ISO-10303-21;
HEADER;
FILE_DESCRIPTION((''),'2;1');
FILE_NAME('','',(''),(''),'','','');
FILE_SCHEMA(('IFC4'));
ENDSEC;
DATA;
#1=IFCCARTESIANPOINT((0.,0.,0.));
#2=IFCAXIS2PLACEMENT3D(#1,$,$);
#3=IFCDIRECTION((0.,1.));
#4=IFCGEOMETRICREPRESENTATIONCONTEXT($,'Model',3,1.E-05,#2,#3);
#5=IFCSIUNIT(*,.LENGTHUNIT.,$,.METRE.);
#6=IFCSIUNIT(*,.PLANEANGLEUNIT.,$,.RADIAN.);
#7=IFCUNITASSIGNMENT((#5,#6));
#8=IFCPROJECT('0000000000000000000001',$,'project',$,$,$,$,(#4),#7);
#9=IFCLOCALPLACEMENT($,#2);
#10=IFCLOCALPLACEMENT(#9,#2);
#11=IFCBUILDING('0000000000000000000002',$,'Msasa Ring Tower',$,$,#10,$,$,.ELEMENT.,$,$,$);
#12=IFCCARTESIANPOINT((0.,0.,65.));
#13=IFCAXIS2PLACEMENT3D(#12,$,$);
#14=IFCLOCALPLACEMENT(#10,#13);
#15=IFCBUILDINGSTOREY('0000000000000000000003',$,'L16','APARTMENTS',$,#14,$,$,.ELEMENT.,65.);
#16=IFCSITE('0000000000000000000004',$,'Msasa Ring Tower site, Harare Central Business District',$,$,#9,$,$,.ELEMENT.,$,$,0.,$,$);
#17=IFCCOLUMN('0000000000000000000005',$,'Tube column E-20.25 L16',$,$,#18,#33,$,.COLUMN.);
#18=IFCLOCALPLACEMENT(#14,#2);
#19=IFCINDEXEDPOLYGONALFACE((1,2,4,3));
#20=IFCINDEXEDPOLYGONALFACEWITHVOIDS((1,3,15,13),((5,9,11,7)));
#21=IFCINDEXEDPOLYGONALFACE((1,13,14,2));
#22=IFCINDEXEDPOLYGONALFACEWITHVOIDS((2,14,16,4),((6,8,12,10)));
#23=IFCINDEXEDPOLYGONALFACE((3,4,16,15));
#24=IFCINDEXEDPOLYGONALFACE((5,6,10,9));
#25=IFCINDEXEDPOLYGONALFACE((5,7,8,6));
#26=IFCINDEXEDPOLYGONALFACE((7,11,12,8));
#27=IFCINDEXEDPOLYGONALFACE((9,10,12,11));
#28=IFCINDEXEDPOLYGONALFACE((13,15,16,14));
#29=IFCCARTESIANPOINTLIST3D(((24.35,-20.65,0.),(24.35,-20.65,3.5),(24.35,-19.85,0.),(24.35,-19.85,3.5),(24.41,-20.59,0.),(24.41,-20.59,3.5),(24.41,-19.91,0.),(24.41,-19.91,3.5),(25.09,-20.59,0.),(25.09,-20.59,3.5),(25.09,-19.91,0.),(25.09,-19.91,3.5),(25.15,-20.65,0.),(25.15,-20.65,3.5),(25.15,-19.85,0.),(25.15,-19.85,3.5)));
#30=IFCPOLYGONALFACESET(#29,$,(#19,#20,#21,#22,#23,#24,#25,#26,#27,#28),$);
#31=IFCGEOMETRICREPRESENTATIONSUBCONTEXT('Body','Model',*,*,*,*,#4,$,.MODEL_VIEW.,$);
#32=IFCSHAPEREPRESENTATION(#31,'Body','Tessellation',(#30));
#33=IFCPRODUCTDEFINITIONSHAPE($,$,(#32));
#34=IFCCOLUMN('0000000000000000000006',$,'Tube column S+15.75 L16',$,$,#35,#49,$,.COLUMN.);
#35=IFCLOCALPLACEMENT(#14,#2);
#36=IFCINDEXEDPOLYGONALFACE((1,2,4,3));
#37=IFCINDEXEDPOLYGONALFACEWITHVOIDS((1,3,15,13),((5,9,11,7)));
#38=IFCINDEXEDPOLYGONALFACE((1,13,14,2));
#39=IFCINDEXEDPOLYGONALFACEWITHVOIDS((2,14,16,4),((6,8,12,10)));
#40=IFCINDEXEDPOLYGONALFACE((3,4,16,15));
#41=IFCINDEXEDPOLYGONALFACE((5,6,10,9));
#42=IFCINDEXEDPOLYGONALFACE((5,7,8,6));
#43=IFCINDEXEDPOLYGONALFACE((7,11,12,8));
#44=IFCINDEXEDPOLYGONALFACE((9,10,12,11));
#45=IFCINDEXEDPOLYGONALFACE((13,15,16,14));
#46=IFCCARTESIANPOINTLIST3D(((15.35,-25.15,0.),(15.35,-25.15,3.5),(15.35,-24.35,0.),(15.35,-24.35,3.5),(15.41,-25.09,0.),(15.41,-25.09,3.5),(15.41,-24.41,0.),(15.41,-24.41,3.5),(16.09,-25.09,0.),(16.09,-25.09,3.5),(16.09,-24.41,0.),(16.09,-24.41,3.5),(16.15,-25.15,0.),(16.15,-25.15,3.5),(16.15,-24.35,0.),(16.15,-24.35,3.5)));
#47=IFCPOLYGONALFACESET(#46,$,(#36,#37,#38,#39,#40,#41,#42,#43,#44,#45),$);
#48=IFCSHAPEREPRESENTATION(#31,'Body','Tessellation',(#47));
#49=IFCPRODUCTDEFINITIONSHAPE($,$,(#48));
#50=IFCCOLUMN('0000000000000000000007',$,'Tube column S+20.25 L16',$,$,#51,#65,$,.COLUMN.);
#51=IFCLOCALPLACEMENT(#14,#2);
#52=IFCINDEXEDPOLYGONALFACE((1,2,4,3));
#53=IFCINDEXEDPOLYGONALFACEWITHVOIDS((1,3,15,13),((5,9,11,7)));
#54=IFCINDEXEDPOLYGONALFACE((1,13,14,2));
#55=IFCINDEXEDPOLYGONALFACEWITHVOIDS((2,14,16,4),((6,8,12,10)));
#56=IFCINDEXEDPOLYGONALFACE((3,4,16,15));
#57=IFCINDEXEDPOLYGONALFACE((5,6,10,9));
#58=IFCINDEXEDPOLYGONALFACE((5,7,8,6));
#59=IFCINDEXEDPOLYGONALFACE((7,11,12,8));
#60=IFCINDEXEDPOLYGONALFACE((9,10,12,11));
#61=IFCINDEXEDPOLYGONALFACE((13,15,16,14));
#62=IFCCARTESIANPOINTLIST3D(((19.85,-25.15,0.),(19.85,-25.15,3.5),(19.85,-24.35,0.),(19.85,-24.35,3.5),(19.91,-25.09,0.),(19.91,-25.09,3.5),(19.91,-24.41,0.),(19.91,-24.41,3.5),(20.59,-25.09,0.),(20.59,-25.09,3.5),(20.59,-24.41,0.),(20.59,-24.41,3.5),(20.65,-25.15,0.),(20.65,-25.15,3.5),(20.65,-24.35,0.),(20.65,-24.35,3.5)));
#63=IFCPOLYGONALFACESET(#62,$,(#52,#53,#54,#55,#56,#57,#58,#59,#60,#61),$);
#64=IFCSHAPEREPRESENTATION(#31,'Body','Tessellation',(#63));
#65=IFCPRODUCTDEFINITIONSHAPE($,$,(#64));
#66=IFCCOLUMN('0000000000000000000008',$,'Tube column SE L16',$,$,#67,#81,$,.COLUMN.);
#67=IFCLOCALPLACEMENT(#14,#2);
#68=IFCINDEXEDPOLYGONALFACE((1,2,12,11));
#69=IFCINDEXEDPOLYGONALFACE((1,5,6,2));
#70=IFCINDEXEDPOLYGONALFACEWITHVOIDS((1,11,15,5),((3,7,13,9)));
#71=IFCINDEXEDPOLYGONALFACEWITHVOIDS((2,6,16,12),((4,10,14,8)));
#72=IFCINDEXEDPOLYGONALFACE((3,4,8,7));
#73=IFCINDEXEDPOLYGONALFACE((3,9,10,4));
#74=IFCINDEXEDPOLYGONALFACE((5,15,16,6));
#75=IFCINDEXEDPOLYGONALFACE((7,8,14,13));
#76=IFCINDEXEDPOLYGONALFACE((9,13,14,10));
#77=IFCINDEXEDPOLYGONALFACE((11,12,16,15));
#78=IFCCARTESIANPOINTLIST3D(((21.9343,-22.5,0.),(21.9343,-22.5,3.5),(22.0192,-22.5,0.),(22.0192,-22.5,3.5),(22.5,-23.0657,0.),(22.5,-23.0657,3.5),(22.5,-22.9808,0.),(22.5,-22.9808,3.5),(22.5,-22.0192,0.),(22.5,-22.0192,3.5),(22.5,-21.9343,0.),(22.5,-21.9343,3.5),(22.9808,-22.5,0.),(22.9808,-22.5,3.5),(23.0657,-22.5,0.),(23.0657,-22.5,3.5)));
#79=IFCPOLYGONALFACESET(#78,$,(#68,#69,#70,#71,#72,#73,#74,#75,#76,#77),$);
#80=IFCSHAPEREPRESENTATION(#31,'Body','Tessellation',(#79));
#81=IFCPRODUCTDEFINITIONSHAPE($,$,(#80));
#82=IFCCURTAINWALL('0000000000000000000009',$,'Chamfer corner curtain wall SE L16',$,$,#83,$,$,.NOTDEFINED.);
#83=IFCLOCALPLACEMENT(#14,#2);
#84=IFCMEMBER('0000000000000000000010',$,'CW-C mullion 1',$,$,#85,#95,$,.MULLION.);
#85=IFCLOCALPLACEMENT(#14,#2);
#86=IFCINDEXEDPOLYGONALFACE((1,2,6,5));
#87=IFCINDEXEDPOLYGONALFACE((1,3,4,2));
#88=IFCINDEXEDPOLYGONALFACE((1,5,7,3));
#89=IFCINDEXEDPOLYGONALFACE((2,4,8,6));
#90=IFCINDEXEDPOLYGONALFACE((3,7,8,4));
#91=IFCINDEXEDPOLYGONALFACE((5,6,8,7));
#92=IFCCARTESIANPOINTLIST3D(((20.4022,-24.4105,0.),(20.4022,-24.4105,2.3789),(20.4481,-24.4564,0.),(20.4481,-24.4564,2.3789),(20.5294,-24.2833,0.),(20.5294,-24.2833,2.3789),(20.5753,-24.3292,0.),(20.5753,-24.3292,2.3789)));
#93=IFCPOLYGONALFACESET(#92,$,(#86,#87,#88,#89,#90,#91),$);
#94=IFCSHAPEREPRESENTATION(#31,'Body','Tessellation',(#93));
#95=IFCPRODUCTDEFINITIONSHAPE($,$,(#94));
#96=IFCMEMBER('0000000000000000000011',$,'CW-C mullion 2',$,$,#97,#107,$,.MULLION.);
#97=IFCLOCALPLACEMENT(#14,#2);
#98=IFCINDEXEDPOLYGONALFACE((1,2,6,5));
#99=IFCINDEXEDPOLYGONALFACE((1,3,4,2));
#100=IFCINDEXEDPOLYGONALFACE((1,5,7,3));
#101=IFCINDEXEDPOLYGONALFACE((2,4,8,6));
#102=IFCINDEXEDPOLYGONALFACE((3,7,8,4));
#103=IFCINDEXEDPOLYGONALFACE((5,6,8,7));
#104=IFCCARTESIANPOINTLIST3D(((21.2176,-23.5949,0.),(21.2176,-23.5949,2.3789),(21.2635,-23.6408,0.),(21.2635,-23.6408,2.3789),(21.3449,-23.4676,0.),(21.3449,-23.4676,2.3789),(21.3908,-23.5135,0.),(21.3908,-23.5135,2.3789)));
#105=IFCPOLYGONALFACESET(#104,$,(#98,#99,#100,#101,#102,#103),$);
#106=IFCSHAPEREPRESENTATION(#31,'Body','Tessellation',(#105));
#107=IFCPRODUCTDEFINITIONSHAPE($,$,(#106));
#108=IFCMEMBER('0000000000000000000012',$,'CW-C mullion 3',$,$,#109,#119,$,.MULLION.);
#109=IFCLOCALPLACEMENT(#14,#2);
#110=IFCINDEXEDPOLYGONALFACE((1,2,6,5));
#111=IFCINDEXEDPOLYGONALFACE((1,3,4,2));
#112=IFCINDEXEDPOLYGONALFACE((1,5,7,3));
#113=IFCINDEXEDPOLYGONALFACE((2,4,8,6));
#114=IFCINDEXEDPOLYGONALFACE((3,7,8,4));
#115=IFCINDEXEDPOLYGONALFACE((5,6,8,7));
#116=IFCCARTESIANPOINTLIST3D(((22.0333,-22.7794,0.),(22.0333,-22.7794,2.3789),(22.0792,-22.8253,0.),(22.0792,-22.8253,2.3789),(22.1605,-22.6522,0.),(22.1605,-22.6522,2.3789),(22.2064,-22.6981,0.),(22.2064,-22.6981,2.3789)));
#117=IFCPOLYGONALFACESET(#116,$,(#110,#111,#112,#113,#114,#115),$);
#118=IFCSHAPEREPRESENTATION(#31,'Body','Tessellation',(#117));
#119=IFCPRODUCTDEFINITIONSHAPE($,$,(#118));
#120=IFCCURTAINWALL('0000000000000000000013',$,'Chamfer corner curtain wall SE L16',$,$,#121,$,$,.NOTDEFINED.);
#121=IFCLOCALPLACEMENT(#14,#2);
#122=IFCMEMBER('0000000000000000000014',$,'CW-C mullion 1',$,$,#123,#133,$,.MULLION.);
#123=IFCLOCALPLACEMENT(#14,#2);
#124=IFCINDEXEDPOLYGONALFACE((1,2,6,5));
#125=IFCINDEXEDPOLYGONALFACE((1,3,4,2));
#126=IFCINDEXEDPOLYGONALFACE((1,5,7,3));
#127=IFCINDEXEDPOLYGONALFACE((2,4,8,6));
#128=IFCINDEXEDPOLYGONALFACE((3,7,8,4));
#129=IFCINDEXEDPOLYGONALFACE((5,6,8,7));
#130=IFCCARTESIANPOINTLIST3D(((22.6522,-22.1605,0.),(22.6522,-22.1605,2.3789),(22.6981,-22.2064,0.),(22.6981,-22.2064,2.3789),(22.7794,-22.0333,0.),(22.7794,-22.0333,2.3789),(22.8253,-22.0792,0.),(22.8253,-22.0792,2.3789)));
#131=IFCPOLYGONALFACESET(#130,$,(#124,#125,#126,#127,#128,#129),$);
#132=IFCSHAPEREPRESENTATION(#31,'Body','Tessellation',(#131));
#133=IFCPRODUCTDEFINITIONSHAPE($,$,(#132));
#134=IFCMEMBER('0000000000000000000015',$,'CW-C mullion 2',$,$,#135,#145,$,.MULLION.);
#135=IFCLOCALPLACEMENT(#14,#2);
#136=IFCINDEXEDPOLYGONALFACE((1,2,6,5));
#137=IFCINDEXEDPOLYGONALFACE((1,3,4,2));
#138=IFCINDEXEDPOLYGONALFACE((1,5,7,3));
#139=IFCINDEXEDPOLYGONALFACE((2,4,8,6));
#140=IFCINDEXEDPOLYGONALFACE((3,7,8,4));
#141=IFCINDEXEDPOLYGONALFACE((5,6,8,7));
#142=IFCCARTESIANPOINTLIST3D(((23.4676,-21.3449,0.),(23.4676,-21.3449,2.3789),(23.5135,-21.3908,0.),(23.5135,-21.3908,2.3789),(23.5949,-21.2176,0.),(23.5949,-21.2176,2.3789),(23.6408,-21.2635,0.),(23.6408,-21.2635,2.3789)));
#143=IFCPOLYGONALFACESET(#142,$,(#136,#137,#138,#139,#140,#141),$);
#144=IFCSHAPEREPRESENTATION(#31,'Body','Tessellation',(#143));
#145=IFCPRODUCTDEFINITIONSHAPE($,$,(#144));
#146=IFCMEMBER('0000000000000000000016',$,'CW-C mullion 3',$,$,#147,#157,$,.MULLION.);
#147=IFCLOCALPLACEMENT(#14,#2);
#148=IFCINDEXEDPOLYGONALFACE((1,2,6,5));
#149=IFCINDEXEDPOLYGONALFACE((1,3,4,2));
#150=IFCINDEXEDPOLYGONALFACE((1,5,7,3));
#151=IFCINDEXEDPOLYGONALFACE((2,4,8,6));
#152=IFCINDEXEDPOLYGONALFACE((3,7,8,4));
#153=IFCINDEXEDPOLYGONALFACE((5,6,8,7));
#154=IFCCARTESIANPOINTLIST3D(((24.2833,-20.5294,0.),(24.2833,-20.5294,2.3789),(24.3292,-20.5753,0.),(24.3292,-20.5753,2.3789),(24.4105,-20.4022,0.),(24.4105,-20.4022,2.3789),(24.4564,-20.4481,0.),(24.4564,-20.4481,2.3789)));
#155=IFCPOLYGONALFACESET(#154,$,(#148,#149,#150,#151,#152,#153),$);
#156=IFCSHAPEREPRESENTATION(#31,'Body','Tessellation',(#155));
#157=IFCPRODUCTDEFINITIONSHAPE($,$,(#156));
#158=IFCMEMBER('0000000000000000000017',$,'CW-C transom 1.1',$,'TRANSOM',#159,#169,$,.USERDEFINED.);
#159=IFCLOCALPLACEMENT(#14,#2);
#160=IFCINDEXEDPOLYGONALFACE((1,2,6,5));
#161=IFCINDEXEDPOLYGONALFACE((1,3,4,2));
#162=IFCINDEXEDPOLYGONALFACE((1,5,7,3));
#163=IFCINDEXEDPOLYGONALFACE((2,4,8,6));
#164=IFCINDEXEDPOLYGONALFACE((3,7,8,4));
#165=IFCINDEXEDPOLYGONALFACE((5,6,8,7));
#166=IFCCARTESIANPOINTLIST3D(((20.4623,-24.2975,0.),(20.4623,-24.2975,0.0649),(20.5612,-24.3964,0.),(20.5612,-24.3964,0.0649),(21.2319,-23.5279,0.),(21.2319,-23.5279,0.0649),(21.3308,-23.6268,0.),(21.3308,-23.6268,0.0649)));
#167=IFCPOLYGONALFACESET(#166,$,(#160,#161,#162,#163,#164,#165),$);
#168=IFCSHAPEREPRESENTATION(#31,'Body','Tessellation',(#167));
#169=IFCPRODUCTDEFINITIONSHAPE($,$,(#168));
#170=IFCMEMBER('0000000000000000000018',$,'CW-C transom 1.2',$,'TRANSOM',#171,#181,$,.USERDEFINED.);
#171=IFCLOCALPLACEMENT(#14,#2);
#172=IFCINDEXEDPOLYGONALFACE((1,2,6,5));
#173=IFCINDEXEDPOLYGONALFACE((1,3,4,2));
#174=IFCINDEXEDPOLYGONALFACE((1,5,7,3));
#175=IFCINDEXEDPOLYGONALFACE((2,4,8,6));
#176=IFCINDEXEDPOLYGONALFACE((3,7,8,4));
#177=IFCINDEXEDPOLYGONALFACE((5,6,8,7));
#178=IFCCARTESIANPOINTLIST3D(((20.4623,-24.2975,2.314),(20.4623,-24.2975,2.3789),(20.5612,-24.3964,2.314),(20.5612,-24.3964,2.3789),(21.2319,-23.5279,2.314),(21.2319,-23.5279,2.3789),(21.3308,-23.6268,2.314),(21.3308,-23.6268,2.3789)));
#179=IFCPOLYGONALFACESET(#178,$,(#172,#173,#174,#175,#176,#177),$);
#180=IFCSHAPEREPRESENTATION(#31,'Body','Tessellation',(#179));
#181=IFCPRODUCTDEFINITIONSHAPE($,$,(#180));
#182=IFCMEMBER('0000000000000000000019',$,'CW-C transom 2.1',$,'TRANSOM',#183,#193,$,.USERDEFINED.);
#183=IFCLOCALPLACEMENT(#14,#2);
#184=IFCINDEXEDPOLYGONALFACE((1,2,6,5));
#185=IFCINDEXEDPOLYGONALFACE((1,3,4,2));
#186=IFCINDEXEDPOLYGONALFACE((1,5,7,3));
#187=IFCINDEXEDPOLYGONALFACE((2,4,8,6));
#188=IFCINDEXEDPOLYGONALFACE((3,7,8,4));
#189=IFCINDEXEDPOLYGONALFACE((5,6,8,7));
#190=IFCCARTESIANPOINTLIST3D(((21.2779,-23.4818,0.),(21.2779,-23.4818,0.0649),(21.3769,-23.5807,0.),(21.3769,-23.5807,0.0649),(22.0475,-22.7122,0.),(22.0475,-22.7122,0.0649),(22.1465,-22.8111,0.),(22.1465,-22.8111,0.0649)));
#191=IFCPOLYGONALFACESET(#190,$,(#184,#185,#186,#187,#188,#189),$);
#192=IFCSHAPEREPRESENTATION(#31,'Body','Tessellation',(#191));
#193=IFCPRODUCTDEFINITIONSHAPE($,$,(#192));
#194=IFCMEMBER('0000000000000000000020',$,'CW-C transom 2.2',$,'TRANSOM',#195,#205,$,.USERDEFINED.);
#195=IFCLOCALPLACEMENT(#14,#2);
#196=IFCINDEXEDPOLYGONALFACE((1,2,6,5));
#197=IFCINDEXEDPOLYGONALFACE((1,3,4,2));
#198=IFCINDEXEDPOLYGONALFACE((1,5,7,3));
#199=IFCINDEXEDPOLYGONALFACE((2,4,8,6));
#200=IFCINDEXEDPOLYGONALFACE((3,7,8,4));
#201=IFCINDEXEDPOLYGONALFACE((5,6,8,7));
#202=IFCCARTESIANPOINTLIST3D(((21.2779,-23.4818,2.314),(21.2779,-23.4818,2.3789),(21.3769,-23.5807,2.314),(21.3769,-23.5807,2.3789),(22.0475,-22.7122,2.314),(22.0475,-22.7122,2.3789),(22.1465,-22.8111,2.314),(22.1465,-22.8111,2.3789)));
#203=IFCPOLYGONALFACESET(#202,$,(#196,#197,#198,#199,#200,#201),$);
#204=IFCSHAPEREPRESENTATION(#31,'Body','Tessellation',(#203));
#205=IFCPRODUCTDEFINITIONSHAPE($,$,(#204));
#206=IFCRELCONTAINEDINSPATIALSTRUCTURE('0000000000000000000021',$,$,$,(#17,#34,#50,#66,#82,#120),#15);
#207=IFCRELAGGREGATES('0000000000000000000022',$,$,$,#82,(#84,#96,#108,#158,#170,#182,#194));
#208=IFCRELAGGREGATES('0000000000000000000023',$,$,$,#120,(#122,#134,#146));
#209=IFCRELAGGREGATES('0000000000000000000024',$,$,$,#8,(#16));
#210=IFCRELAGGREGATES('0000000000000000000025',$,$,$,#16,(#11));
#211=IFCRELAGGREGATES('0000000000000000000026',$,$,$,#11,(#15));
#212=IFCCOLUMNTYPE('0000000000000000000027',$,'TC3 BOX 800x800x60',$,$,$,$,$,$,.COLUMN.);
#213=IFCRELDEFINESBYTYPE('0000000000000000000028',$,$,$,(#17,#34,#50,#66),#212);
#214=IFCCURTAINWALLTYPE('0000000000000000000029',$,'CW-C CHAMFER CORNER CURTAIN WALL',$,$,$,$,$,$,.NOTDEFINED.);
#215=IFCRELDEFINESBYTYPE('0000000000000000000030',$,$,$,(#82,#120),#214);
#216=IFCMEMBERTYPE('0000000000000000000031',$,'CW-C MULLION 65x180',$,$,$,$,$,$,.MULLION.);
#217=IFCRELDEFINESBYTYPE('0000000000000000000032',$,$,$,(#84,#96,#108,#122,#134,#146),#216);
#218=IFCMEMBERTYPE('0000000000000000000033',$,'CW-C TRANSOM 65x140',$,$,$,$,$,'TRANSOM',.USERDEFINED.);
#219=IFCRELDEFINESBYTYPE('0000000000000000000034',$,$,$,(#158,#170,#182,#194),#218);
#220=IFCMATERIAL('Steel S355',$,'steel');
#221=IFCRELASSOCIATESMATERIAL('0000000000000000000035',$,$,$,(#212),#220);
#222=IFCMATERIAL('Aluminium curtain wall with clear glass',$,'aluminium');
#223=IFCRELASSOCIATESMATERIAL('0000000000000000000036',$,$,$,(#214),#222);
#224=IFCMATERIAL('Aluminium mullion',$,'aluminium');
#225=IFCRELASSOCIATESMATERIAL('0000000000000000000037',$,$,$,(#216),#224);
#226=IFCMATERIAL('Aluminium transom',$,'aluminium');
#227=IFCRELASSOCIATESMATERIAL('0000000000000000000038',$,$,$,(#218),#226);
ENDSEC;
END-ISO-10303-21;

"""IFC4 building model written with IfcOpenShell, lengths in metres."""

from ifc_helpers import new_model, si_unit, direction, frame, origin, origin_2d, place, context, subcontext, project, spatial, rectangle, hollow_rectangle, extrude, material, material_profile, profile_set, type_object, element, aggregate, save


model = new_model("IFC4")

# Units and contexts
model_context = context("Model", 3, precision=1e-05, world=origin(), true_north=direction((0.0, 1.0)))
body_context = subcontext(model_context, "Body", "Model", "MODEL_VIEW")
ifc_project = project(units=[si_unit("LENGTHUNIT", "METRE"), si_unit("PLANEANGLEUNIT", "RADIAN")], contexts=[model_context])

# Site, building, storey
site_placement = place(None, origin())
site = spatial("IfcSite", under=ifc_project, at=site_placement, Name="Msasa Ring Tower site, Harare Central Business District", CompositionType="ELEMENT", RefElevation=0.0)
building_placement = place(site_placement, origin())
building = spatial("IfcBuilding", under=site, at=building_placement, Name="Msasa Ring Tower", CompositionType="ELEMENT")
storey_placement = place(building_placement, frame((0.0, 0.0, 65.0)))
storey = spatial("IfcBuildingStorey", under=building, at=storey_placement, Name="L16", Description="APARTMENTS", CompositionType="ELEMENT", Elevation=65.0)

# Columns
ifc_material_1 = material(Name="Steel S355", Category="steel")
ifc_material_profile_1 = material_profile(ifc_material_1, hollow_rectangle(XDim=0.8, YDim=0.8, WallThickness=0.0601, at=origin_2d()), Name="BOX 800x800x60")
ifc_profile_set_1 = profile_set([ifc_material_profile_1], Name="Steel S355")
column_type = type_object("IfcColumnType", Name="TC3 BOX 800x800x60", PredefinedType="COLUMN", material=ifc_profile_set_1)
for number, where, z_axis, x_axis, name in (
    (1, (24.75, -20.25, 0.0), (0.0, 0.0, 1.0), (1.0, 0.0, 0.0), "Tube column E-20.25 L16"),
    (2, (15.75, -24.75, 0.0), (0.0, 0.0, 1.0), (0.0, 1.0, 0.0), "Tube column S+15.75 L16"),
    (3, (20.25, -24.75, 0.0), (0.0, 0.0, 1.0), (0.0, 1.0, 0.0), "Tube column S+20.25 L16"),
    (4, (22.5, -22.5, 0.0), (0.0, 0.0, 1.0), (0.707107, -0.707107, 0.0), "Tube column SE L16"),
):
    element("IfcColumn", number, at=place(storey_placement, frame(where, z_axis=z_axis, x_axis=x_axis)), inside=storey, type_object=column_type, Name=name, PredefinedType="COLUMN", context=body_context, shape_type="SweptSolid", body=[
        extrude(hollow_rectangle(XDim=0.8, YDim=0.8, WallThickness=0.0601, at=origin_2d()), origin(), (0.0, 0.0, 1.0), 3.5),
    ])

# Curtain walls, members
ifc_material_2 = material(Name="Aluminium curtain wall with clear glass", Category="aluminium")
curtain_wall_type = type_object("IfcCurtainWallType", Name="CW-C CHAMFER CORNER CURTAIN WALL", PredefinedType="NOTDEFINED", material=ifc_material_2)
curtain_wall_1_placement = place(storey_placement, origin())
curtain_wall_1 = element("IfcCurtainWall", 5, at=curtain_wall_1_placement, inside=storey, type_object=curtain_wall_type, Name="Chamfer corner curtain wall SE L16", PredefinedType="NOTDEFINED")
ifc_material_3 = material(Name="Aluminium mullion", Category="aluminium")
ifc_material_profile_2 = material_profile(ifc_material_3, rectangle(XDim=0.0649, YDim=0.1799, at=origin_2d()), Name="AL 65x180")
ifc_profile_set_2 = profile_set([ifc_material_profile_2], Name="Aluminium mullion")
member_type_1 = type_object("IfcMemberType", Name="CW-C MULLION 65x180", PredefinedType="MULLION", material=ifc_profile_set_2)
member_1_placement = place(storey_placement, frame((20.4888, -24.3699, 0.0), z_axis=(0.0, 0.0, 1.0), x_axis=(-0.707107, 0.707107, 0.0)))
member_1 = element("IfcMember", 6, at=member_1_placement, type_object=member_type_1, Name="CW-C mullion 1", PredefinedType="MULLION", context=body_context, shape_type="SweptSolid", body=[
    extrude(rectangle(XDim=0.0649, YDim=0.1799, at=origin_2d()), origin(), (0.0, 0.0, 1.0), 2.3789),
])
member_2_placement = place(storey_placement, frame((21.3042, -23.5542, 0.0), z_axis=(0.0, 0.0, 1.0), x_axis=(-0.707107, 0.707107, 0.0)))
member_2 = element("IfcMember", 7, at=member_2_placement, type_object=member_type_1, Name="CW-C mullion 2", PredefinedType="MULLION", context=body_context, shape_type="SweptSolid", body=[
    extrude(rectangle(XDim=0.0649, YDim=0.1799, at=origin_2d()), origin(), (0.0, 0.0, 1.0), 2.3789),
])
member_3_placement = place(storey_placement, frame((22.1199, -22.7388, 0.0), z_axis=(0.0, 0.0, 1.0), x_axis=(-0.707107, 0.707107, 0.0)))
member_3 = element("IfcMember", 8, at=member_3_placement, type_object=member_type_1, Name="CW-C mullion 3", PredefinedType="MULLION", context=body_context, shape_type="SweptSolid", body=[
    extrude(rectangle(XDim=0.0649, YDim=0.1799, at=origin_2d()), origin(), (0.0, 0.0, 1.0), 2.3789),
])
curtain_wall_2_placement = place(storey_placement, origin())
curtain_wall_2 = element("IfcCurtainWall", 9, at=curtain_wall_2_placement, inside=storey, type_object=curtain_wall_type, Name="Chamfer corner curtain wall SE L16", PredefinedType="NOTDEFINED")
member_4_placement = place(storey_placement, frame((22.7388, -22.1199, 0.0), z_axis=(0.0, 0.0, 1.0), x_axis=(-0.707107, 0.707107, 0.0)))
member_4 = element("IfcMember", 10, at=member_4_placement, type_object=member_type_1, Name="CW-C mullion 1", PredefinedType="MULLION", context=body_context, shape_type="SweptSolid", body=[
    extrude(rectangle(XDim=0.0649, YDim=0.1799, at=origin_2d()), origin(), (0.0, 0.0, 1.0), 2.3789),
])
member_5_placement = place(storey_placement, frame((23.5542, -21.3042, 0.0), z_axis=(0.0, 0.0, 1.0), x_axis=(-0.707107, 0.707107, 0.0)))
member_5 = element("IfcMember", 11, at=member_5_placement, type_object=member_type_1, Name="CW-C mullion 2", PredefinedType="MULLION", context=body_context, shape_type="SweptSolid", body=[
    extrude(rectangle(XDim=0.0649, YDim=0.1799, at=origin_2d()), origin(), (0.0, 0.0, 1.0), 2.3789),
])
member_6_placement = place(storey_placement, frame((24.3699, -20.4888, 0.0), z_axis=(0.0, 0.0, 1.0), x_axis=(-0.707107, 0.707107, 0.0)))
member_6 = element("IfcMember", 12, at=member_6_placement, type_object=member_type_1, Name="CW-C mullion 3", PredefinedType="MULLION", context=body_context, shape_type="SweptSolid", body=[
    extrude(rectangle(XDim=0.0649, YDim=0.1799, at=origin_2d()), origin(), (0.0, 0.0, 1.0), 2.3789),
])

# Members
ifc_material_4 = material(Name="Aluminium transom", Category="aluminium")
ifc_material_profile_3 = material_profile(ifc_material_4, rectangle(XDim=0.1399, YDim=0.0649, at=origin_2d()), Name="AL 65x140")
ifc_profile_set_3 = profile_set([ifc_material_profile_3], Name="Aluminium transom")
member_type_2 = type_object("IfcMemberType", Name="CW-C TRANSOM 65x140", ElementType="TRANSOM", PredefinedType="USERDEFINED", material=ifc_profile_set_3)
member_7_placement = place(storey_placement, frame((20.5117, -24.3469, 0.0325), z_axis=(0.707107, 0.707107, 0.0), x_axis=(-0.707107, 0.707107, 0.0)))
member_7 = element("IfcMember", 13, at=member_7_placement, type_object=member_type_2, Name="CW-C transom 1.1", ObjectType="TRANSOM", PredefinedType="USERDEFINED", context=body_context, shape_type="SweptSolid", body=[
    extrude(rectangle(XDim=0.1399, YDim=0.0649, at=origin_2d()), origin(), (0.0, 0.0, 1.0), 1.0884),
])
member_8_placement = place(storey_placement, frame((20.5117, -24.3469, 2.3464), z_axis=(0.707107, 0.707107, 0.0), x_axis=(-0.707107, 0.707107, 0.0)))
member_8 = element("IfcMember", 14, at=member_8_placement, type_object=member_type_2, Name="CW-C transom 1.2", ObjectType="TRANSOM", PredefinedType="USERDEFINED", context=body_context, shape_type="SweptSolid", body=[
    extrude(rectangle(XDim=0.1399, YDim=0.0649, at=origin_2d()), origin(), (0.0, 0.0, 1.0), 1.0884),
])
member_9_placement = place(storey_placement, frame((21.3274, -23.5312, 0.0325), z_axis=(0.707107, 0.707107, 0.0), x_axis=(-0.707107, 0.707107, 0.0)))
member_9 = element("IfcMember", 15, at=member_9_placement, type_object=member_type_2, Name="CW-C transom 2.1", ObjectType="TRANSOM", PredefinedType="USERDEFINED", context=body_context, shape_type="SweptSolid", body=[
    extrude(rectangle(XDim=0.1399, YDim=0.0649, at=origin_2d()), origin(), (0.0, 0.0, 1.0), 1.0884),
])
member_10_placement = place(storey_placement, frame((21.3274, -23.5312, 2.3464), z_axis=(0.707107, 0.707107, 0.0), x_axis=(-0.707107, 0.707107, 0.0)))
member_10 = element("IfcMember", 16, at=member_10_placement, type_object=member_type_2, Name="CW-C transom 2.2", ObjectType="TRANSOM", PredefinedType="USERDEFINED", context=body_context, shape_type="SweptSolid", body=[
    extrude(rectangle(XDim=0.1399, YDim=0.0649, at=origin_2d()), origin(), (0.0, 0.0, 1.0), 1.0884),
])

aggregate(curtain_wall_1, [member_1, member_2, member_3, member_7, member_8, member_9, member_10])
aggregate(curtain_wall_2, [member_4, member_5, member_6])

save(model, "model.ifc")
